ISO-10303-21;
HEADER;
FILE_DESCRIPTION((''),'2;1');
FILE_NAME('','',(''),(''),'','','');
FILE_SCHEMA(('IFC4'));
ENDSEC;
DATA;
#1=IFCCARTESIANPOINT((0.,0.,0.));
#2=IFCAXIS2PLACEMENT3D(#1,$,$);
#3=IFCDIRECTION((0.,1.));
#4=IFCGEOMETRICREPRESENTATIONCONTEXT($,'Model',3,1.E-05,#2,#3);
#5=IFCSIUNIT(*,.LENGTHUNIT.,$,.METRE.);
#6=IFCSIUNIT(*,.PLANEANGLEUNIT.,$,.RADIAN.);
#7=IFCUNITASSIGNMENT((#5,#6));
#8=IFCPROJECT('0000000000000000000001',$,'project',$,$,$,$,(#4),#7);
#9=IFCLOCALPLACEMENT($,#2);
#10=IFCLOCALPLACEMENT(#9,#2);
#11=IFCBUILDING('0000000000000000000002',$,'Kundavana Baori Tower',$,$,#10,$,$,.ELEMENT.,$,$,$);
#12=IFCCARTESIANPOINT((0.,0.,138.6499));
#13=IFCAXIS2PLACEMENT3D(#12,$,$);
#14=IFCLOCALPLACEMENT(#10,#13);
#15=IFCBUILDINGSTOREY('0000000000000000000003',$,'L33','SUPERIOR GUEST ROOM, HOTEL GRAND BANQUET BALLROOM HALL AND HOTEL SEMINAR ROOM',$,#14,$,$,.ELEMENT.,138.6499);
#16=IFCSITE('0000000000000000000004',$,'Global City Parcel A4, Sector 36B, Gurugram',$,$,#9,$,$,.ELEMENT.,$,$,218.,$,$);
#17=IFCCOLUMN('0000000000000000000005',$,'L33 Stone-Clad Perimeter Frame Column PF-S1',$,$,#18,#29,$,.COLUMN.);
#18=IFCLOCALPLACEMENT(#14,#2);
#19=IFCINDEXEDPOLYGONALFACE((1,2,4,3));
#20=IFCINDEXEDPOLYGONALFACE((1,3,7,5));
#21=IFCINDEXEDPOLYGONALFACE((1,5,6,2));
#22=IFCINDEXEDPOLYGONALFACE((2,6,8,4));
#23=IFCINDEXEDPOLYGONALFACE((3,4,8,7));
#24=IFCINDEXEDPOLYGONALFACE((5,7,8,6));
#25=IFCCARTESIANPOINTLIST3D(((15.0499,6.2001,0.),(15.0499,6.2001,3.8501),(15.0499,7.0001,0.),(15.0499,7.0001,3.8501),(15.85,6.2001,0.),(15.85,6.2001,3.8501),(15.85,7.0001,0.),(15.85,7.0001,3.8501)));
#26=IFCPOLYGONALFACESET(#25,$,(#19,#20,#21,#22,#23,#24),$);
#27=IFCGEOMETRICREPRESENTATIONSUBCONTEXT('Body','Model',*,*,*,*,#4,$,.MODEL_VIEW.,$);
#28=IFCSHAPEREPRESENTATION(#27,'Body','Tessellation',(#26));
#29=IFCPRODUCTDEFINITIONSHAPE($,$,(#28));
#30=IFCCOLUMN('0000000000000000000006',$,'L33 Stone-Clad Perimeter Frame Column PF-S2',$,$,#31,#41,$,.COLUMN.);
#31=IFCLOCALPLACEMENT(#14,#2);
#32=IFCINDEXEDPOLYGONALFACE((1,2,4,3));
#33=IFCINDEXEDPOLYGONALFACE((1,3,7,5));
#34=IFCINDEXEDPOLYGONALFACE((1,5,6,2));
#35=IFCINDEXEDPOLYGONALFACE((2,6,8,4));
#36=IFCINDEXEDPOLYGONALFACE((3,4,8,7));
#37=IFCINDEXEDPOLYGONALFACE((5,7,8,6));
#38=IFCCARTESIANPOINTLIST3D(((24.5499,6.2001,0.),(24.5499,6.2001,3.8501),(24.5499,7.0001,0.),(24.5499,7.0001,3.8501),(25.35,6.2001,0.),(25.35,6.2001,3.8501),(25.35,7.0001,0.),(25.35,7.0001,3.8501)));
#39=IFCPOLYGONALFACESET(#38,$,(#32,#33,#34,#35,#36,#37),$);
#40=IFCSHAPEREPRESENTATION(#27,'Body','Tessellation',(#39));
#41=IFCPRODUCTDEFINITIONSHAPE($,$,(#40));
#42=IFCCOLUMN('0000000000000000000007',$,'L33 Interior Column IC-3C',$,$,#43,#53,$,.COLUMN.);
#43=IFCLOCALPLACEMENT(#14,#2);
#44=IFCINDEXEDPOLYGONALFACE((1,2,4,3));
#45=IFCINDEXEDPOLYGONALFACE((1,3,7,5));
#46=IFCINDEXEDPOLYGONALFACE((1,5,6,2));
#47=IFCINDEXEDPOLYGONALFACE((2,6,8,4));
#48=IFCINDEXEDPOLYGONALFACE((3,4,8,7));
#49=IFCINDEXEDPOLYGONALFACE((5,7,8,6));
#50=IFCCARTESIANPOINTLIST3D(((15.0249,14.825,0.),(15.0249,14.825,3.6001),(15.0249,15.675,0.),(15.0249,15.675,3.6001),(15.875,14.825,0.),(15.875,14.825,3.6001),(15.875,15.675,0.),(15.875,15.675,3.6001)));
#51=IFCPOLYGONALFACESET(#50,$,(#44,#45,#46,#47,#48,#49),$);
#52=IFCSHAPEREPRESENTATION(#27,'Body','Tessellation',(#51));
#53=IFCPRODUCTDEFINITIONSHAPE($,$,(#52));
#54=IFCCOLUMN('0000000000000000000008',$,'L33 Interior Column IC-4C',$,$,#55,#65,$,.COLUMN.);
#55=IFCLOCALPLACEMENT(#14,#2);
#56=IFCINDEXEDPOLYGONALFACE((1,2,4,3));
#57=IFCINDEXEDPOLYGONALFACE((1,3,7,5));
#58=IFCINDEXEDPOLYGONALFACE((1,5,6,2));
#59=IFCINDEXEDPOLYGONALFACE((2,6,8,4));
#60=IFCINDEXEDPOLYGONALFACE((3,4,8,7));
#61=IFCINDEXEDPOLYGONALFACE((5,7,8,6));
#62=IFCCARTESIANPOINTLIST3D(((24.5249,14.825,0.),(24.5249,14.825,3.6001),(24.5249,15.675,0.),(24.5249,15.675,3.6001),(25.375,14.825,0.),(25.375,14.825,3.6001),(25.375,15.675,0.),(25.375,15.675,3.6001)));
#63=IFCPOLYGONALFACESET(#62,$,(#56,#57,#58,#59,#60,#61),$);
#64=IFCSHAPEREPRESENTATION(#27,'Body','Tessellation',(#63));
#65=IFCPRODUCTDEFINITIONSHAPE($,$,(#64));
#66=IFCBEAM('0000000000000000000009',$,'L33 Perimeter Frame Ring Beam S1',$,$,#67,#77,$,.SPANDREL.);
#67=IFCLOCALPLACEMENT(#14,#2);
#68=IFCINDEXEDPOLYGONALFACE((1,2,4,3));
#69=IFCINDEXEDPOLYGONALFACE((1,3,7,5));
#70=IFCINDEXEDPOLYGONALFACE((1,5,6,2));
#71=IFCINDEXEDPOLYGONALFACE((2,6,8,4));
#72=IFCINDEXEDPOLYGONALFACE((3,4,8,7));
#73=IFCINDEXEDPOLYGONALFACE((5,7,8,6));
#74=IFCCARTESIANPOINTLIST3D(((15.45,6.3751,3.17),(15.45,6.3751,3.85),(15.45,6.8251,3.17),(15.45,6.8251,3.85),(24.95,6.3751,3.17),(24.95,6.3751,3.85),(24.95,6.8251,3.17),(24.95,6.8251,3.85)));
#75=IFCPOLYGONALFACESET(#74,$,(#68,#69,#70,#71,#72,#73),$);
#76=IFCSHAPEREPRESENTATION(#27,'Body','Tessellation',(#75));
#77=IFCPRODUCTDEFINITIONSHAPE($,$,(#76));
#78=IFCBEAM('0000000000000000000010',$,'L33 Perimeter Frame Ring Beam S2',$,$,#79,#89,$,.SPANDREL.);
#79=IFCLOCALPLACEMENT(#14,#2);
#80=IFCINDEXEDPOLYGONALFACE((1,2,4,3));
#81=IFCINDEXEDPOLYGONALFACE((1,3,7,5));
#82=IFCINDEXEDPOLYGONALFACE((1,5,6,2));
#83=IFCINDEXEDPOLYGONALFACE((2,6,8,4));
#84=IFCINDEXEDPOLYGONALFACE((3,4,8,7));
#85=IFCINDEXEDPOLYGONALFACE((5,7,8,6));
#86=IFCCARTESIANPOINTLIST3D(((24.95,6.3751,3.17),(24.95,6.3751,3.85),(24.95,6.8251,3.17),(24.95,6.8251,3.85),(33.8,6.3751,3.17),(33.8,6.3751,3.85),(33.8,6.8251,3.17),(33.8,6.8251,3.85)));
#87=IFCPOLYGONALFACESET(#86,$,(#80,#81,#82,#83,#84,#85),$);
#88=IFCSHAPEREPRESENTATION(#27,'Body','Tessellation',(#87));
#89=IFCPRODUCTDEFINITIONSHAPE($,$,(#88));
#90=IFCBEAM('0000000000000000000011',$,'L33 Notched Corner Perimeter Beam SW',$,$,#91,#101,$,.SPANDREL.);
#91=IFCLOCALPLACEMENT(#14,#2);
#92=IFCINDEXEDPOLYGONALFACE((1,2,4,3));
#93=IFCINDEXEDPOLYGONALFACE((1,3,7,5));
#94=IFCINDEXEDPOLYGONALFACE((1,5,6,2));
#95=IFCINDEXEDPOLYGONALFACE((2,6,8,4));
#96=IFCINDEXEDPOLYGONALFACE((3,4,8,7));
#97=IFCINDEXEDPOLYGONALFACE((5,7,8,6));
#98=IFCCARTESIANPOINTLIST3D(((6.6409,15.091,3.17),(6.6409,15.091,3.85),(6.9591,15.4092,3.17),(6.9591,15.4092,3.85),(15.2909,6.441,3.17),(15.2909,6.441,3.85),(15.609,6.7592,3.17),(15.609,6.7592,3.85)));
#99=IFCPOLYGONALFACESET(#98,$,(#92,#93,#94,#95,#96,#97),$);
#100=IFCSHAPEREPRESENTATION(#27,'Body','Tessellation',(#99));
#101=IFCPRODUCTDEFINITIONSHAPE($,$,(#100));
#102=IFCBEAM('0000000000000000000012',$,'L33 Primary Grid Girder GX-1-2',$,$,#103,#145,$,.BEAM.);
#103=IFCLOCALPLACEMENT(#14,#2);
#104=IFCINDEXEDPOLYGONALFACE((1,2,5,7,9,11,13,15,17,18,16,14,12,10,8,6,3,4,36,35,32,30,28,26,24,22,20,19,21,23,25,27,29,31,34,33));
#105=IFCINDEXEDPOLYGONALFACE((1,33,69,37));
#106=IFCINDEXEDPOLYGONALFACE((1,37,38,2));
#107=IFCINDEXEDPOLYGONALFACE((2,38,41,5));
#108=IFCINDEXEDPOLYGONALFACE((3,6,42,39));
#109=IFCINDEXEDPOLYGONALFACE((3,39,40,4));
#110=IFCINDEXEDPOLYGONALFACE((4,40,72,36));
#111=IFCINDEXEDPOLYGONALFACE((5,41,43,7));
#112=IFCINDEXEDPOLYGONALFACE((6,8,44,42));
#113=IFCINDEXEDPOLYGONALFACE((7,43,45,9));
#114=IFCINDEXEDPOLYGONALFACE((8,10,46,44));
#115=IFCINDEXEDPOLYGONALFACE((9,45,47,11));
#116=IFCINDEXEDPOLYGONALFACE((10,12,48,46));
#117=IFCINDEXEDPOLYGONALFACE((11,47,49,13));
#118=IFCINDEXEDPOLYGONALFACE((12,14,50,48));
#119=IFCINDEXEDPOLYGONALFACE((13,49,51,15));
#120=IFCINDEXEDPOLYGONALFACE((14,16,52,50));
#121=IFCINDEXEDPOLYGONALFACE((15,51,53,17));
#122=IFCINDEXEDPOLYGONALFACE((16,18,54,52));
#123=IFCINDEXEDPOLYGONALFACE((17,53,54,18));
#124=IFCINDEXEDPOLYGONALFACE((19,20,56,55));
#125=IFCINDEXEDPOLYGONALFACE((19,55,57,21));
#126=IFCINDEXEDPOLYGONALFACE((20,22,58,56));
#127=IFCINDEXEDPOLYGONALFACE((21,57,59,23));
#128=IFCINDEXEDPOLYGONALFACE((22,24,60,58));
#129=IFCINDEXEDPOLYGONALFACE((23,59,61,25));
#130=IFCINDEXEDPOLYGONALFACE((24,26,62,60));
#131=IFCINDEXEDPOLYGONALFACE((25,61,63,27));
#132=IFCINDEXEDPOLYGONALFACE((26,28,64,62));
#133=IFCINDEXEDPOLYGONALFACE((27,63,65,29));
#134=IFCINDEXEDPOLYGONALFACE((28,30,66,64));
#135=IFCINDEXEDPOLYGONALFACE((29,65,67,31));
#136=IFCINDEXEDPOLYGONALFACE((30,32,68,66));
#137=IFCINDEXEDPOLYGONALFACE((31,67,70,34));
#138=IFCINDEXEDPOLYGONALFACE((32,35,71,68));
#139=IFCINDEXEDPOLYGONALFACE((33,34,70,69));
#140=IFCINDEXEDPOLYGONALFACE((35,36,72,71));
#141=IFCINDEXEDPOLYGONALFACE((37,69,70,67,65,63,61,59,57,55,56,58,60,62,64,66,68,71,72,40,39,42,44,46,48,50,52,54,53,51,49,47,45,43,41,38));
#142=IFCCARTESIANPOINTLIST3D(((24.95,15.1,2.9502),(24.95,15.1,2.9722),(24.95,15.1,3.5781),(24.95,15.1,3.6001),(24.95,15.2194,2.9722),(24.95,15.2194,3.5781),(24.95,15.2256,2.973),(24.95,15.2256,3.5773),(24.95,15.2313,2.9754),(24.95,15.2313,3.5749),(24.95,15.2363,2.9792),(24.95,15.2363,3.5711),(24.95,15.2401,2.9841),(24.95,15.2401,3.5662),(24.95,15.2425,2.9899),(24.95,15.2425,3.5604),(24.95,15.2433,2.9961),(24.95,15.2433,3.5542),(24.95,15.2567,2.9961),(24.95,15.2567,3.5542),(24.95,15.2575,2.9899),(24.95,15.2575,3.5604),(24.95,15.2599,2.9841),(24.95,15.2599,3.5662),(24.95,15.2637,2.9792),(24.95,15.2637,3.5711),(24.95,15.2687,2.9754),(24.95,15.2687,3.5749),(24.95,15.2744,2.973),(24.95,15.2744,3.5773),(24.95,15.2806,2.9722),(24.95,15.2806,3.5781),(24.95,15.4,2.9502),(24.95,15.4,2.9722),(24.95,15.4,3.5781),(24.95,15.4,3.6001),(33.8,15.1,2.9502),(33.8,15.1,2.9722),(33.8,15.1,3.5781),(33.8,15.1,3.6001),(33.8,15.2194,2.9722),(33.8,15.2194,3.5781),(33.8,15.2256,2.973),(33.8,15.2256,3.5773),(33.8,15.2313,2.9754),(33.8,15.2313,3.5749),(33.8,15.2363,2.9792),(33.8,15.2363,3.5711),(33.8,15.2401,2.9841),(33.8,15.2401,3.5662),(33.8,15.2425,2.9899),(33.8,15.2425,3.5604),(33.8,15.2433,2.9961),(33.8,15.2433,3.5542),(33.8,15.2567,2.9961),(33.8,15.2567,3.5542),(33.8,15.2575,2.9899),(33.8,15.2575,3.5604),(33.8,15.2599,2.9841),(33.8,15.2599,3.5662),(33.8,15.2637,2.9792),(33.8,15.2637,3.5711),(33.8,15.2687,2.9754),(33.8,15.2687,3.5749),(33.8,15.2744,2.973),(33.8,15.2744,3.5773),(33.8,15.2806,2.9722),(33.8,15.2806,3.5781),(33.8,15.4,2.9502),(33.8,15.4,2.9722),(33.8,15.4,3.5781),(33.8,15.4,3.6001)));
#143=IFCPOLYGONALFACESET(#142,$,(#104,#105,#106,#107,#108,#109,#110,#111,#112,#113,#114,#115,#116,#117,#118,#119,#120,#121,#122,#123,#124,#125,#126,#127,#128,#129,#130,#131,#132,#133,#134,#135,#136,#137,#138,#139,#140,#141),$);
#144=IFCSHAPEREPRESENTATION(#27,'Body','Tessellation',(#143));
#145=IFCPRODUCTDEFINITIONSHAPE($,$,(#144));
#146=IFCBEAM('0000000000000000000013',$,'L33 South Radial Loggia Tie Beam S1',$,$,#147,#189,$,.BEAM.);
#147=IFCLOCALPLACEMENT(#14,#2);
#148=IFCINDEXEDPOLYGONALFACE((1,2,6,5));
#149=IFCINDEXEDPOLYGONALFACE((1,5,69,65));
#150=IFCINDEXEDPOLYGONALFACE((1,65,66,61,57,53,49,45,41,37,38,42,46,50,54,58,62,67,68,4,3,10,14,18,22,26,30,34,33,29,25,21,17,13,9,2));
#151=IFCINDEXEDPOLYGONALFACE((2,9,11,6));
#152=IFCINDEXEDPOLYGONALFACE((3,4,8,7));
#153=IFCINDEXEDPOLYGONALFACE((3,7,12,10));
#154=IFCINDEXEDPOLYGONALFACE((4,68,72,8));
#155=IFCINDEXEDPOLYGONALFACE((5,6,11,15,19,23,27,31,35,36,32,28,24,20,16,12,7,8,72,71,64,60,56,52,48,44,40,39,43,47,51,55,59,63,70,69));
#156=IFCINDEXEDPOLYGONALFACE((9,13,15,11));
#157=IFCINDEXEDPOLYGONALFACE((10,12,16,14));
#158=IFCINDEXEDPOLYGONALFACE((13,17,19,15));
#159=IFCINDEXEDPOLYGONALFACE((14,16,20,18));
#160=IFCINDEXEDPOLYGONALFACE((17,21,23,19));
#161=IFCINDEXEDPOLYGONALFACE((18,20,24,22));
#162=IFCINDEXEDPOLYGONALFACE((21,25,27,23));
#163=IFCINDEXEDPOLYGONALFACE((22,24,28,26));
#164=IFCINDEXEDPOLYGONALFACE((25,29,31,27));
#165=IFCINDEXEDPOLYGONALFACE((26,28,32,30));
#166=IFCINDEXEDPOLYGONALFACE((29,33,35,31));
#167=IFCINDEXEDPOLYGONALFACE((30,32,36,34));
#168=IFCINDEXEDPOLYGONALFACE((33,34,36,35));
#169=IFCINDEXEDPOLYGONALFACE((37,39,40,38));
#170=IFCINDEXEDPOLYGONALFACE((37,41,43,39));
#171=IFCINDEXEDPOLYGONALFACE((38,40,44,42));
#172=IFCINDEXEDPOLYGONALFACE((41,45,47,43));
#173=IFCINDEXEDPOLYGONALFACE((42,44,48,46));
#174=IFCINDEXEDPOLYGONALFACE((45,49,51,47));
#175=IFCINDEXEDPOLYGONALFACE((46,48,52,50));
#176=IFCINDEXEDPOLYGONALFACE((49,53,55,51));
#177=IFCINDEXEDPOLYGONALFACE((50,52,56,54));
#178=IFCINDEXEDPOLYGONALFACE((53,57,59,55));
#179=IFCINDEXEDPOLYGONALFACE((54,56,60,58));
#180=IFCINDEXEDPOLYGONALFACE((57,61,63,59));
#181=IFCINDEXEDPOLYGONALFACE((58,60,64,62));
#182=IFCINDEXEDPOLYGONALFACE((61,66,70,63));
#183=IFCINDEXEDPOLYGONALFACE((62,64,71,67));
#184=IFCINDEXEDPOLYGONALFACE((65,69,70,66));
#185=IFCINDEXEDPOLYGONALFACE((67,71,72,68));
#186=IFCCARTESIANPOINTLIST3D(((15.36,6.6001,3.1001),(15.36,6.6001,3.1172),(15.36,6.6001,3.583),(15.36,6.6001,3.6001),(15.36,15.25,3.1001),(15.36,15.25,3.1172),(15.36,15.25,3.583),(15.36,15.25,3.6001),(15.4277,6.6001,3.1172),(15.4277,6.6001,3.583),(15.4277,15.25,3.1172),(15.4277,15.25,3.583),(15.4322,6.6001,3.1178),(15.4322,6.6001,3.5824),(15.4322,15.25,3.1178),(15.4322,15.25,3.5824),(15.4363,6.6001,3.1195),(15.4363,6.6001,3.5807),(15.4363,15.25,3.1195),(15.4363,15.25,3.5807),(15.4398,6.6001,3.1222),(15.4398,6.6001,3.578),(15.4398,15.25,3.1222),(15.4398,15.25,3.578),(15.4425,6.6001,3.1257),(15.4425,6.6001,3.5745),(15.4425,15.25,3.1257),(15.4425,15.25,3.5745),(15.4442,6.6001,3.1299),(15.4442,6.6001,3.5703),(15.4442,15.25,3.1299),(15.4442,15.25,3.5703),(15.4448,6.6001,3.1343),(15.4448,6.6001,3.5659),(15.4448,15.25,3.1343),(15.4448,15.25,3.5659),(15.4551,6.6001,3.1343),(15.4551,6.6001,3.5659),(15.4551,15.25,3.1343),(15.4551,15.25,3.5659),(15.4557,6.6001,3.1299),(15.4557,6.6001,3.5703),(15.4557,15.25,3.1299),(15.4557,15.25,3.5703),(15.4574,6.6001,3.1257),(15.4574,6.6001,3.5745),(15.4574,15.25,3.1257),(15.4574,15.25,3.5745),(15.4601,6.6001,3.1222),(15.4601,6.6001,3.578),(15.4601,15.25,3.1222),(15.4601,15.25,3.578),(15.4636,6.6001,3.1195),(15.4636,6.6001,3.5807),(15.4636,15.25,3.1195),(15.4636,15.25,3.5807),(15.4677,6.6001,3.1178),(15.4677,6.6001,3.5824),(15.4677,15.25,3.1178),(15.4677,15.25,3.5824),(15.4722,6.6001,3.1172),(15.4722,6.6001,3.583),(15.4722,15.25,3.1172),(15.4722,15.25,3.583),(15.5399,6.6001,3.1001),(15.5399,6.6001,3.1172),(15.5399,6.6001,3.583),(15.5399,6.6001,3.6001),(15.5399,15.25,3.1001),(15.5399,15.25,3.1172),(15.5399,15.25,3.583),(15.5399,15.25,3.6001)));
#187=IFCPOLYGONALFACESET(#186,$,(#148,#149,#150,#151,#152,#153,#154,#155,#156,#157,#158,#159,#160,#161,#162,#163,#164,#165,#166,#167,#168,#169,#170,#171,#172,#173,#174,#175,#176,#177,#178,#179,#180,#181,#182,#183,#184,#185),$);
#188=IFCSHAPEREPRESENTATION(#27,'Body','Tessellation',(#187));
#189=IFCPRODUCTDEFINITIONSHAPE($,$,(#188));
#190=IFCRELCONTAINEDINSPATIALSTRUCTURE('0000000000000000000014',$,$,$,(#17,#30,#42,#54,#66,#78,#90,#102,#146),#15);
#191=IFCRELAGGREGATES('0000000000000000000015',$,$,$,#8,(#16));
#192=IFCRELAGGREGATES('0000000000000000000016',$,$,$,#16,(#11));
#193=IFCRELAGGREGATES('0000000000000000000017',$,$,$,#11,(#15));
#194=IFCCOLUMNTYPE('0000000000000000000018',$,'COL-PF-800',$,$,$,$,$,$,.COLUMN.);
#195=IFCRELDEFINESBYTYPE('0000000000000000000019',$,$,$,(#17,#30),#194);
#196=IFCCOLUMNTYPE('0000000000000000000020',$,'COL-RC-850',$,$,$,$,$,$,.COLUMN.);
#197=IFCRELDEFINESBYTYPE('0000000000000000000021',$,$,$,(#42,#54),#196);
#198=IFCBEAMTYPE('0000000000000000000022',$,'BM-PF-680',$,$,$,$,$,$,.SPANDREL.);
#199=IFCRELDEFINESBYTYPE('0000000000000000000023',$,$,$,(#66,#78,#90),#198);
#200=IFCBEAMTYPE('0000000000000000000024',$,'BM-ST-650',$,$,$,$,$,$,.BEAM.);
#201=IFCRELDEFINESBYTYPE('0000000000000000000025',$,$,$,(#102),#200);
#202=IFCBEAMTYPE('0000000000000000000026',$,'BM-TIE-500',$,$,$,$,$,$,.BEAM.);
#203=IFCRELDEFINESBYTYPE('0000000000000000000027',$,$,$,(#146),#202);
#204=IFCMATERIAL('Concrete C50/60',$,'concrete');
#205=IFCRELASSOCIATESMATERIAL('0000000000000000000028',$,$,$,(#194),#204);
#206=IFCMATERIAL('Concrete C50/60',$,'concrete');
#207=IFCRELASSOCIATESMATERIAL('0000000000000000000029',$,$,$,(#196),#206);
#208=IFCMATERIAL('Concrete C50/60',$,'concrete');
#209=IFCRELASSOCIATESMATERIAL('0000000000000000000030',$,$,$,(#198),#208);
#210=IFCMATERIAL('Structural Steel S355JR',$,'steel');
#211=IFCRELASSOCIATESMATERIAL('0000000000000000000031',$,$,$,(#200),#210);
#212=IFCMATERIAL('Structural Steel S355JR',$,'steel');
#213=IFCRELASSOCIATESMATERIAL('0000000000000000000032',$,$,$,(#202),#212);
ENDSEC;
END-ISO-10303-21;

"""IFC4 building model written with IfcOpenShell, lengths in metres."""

from ifc_helpers import new_model, si_unit, direction, frame, origin, origin_2d, place, context, subcontext, project, spatial, rectangle, i_section, extrude, material, material_profile, profile_set, type_object, element, save


model = new_model("IFC4")

# Units and contexts
model_context = context("Model", 3, precision=1e-05, world=origin(), true_north=direction((0.0, 1.0)))
body_context = subcontext(model_context, "Body", "Model", "MODEL_VIEW")
ifc_project = project(units=[si_unit("LENGTHUNIT", "METRE"), si_unit("PLANEANGLEUNIT", "RADIAN")], contexts=[model_context])

# Site, building, storey
site_placement = place(None, origin())
site = spatial("IfcSite", under=ifc_project, at=site_placement, Name="Global City Parcel A4, Sector 36B, Gurugram", CompositionType="ELEMENT", RefElevation=218.0)
building_placement = place(site_placement, origin())
building = spatial("IfcBuilding", under=site, at=building_placement, Name="Kundavana Baori Tower", CompositionType="ELEMENT")
storey_placement = place(building_placement, frame((0.0, 0.0, 138.6499)))
storey = spatial("IfcBuildingStorey", under=building, at=storey_placement, Name="L33", Description="SUPERIOR GUEST ROOM, HOTEL GRAND BANQUET BALLROOM HALL AND HOTEL SEMINAR ROOM", CompositionType="ELEMENT", Elevation=138.6499)

# Columns
ifc_material_1 = material(Name="Concrete C50/60", Category="concrete")
ifc_material_profile_1 = material_profile(ifc_material_1, rectangle(XDim=0.8, YDim=0.8, at=origin_2d()), Name="RC PF 800x800")
ifc_profile_set_1 = profile_set([ifc_material_profile_1], Name="Concrete C50/60")
column_type_1 = type_object("IfcColumnType", Name="COL-PF-800", PredefinedType="COLUMN", material=ifc_profile_set_1)
for number, where, z_axis, x_axis, name in (
    (1, (15.45, 6.6001, 0.0), (0.0, 0.0, 1.0), (1.0, 0.0, 0.0), "L33 Stone-Clad Perimeter Frame Column PF-S1"),
    (2, (24.95, 6.6001, 0.0), (0.0, 0.0, 1.0), (1.0, 0.0, 0.0), "L33 Stone-Clad Perimeter Frame Column PF-S2"),
):
    element("IfcColumn", number, at=place(storey_placement, frame(where, z_axis=z_axis, x_axis=x_axis)), inside=storey, type_object=column_type_1, Name=name, PredefinedType="COLUMN", context=body_context, shape_type="SweptSolid", body=[
        extrude(rectangle(XDim=0.8, YDim=0.8, at=origin_2d()), origin(), (0.0, 0.0, 1.0), 3.8501),
    ])
ifc_material_2 = material(Name="Concrete C50/60", Category="concrete")
ifc_material_profile_2 = material_profile(ifc_material_2, rectangle(XDim=0.8501, YDim=0.8501, at=origin_2d()), Name="RC 850x850")
ifc_profile_set_2 = profile_set([ifc_material_profile_2], Name="Concrete C50/60")
column_type_2 = type_object("IfcColumnType", Name="COL-RC-850", PredefinedType="COLUMN", material=ifc_profile_set_2)
for number, where, z_axis, x_axis, name in (
    (3, (15.45, 15.25, 0.0), (0.0, 0.0, 1.0), (1.0, 0.0, 0.0), "L33 Interior Column IC-3C"),
    (4, (24.95, 15.25, 0.0), (0.0, 0.0, 1.0), (1.0, 0.0, 0.0), "L33 Interior Column IC-4C"),
):
    element("IfcColumn", number, at=place(storey_placement, frame(where, z_axis=z_axis, x_axis=x_axis)), inside=storey, type_object=column_type_2, Name=name, PredefinedType="COLUMN", context=body_context, shape_type="SweptSolid", body=[
        extrude(rectangle(XDim=0.8501, YDim=0.8501, at=origin_2d()), origin(), (0.0, 0.0, 1.0), 3.6001),
    ])

# Beams
ifc_material_3 = material(Name="Concrete C50/60", Category="concrete")
ifc_material_profile_3 = material_profile(ifc_material_3, rectangle(XDim=0.45, YDim=0.6799, at=origin_2d()), Name="RC BM 450x680")
ifc_profile_set_3 = profile_set([ifc_material_profile_3], Name="Concrete C50/60")
beam_type_1 = type_object("IfcBeamType", Name="BM-PF-680", PredefinedType="SPANDREL", material=ifc_profile_set_3)
beam_1_placement = place(storey_placement, frame((15.45, 6.6001, 3.51), z_axis=(1.0, 0.0, 0.0), x_axis=(0.0, 1.0, 0.0)))
element("IfcBeam", 5, at=beam_1_placement, inside=storey, type_object=beam_type_1, Name="L33 Perimeter Frame Ring Beam S1", PredefinedType="SPANDREL", context=body_context, shape_type="SweptSolid", body=[
    extrude(rectangle(XDim=0.45, YDim=0.6799, at=origin_2d()), origin(), (0.0, 0.0, 1.0), 9.5),
])
beam_2_placement = place(storey_placement, frame((24.95, 6.6001, 3.51), z_axis=(1.0, 0.0, 0.0), x_axis=(0.0, 1.0, 0.0)))
element("IfcBeam", 6, at=beam_2_placement, inside=storey, type_object=beam_type_1, Name="L33 Perimeter Frame Ring Beam S2", PredefinedType="SPANDREL", context=body_context, shape_type="SweptSolid", body=[
    extrude(rectangle(XDim=0.45, YDim=0.6799, at=origin_2d()), origin(), (0.0, 0.0, 1.0), 8.8501),
])
beam_3_placement = place(storey_placement, frame((15.45, 6.6001, 3.51), z_axis=(-0.707107, 0.707107, 0.0), x_axis=(-0.707107, -0.707107, 0.0)))
element("IfcBeam", 7, at=beam_3_placement, inside=storey, type_object=beam_type_1, Name="L33 Notched Corner Perimeter Beam SW", PredefinedType="SPANDREL", context=body_context, shape_type="SweptSolid", body=[
    extrude(rectangle(XDim=0.45, YDim=0.6799, at=origin_2d()), origin(), (0.0, 0.0, 1.0), 12.2329),
])
ifc_material_4 = material(Name="Structural Steel S355JR", Category="steel")
ifc_material_profile_4 = material_profile(ifc_material_4, i_section(OverallWidth=0.3, OverallDepth=0.6499, WebThickness=0.0134, FlangeThickness=0.022, FilletRadius=0.0239, at=origin_2d()), Name="NPB 650x300x155")
ifc_profile_set_4 = profile_set([ifc_material_profile_4], Name="Structural Steel S355JR")
beam_type_2 = type_object("IfcBeamType", Name="BM-ST-650", PredefinedType="BEAM", material=ifc_profile_set_4)
beam_4_placement = place(storey_placement, frame((24.95, 15.25, 3.2751), z_axis=(1.0, 0.0, 0.0), x_axis=(0.0, 1.0, 0.0)))
element("IfcBeam", 8, at=beam_4_placement, inside=storey, type_object=beam_type_2, Name="L33 Primary Grid Girder GX-1-2", PredefinedType="BEAM", context=body_context, shape_type="SweptSolid", body=[
    extrude(i_section(OverallWidth=0.3, OverallDepth=0.6499, WebThickness=0.0134, FlangeThickness=0.022, FilletRadius=0.0239, at=origin_2d()), origin(), (0.0, 0.0, 1.0), 8.8501),
])
ifc_material_5 = material(Name="Structural Steel S355JR", Category="steel")
ifc_material_profile_5 = material_profile(ifc_material_5, i_section(OverallWidth=0.1799, OverallDepth=0.5, WebThickness=0.0103, FlangeThickness=0.0171, FilletRadius=0.0171, at=origin_2d()), Name="ISMB 500")
ifc_profile_set_5 = profile_set([ifc_material_profile_5], Name="Structural Steel S355JR")
beam_type_3 = type_object("IfcBeamType", Name="BM-TIE-500", PredefinedType="BEAM", material=ifc_profile_set_5)
for number, where, z_axis, x_axis, name in (
    (9, (15.45, 15.25, 3.3501), (0.0, -1.0, 0.0), (1.0, 0.0, 0.0), "L33 South Radial Loggia Tie Beam S1"),
):
    element("IfcBeam", number, at=place(storey_placement, frame(where, z_axis=z_axis, x_axis=x_axis)), inside=storey, type_object=beam_type_3, Name=name, PredefinedType="BEAM", context=body_context, shape_type="SweptSolid", body=[
        extrude(i_section(OverallWidth=0.1799, OverallDepth=0.5, WebThickness=0.0103, FlangeThickness=0.0171, FilletRadius=0.0171, at=origin_2d()), origin(), (0.0, 0.0, 1.0), 8.6499),
    ])

save(model, "model.ifc")
